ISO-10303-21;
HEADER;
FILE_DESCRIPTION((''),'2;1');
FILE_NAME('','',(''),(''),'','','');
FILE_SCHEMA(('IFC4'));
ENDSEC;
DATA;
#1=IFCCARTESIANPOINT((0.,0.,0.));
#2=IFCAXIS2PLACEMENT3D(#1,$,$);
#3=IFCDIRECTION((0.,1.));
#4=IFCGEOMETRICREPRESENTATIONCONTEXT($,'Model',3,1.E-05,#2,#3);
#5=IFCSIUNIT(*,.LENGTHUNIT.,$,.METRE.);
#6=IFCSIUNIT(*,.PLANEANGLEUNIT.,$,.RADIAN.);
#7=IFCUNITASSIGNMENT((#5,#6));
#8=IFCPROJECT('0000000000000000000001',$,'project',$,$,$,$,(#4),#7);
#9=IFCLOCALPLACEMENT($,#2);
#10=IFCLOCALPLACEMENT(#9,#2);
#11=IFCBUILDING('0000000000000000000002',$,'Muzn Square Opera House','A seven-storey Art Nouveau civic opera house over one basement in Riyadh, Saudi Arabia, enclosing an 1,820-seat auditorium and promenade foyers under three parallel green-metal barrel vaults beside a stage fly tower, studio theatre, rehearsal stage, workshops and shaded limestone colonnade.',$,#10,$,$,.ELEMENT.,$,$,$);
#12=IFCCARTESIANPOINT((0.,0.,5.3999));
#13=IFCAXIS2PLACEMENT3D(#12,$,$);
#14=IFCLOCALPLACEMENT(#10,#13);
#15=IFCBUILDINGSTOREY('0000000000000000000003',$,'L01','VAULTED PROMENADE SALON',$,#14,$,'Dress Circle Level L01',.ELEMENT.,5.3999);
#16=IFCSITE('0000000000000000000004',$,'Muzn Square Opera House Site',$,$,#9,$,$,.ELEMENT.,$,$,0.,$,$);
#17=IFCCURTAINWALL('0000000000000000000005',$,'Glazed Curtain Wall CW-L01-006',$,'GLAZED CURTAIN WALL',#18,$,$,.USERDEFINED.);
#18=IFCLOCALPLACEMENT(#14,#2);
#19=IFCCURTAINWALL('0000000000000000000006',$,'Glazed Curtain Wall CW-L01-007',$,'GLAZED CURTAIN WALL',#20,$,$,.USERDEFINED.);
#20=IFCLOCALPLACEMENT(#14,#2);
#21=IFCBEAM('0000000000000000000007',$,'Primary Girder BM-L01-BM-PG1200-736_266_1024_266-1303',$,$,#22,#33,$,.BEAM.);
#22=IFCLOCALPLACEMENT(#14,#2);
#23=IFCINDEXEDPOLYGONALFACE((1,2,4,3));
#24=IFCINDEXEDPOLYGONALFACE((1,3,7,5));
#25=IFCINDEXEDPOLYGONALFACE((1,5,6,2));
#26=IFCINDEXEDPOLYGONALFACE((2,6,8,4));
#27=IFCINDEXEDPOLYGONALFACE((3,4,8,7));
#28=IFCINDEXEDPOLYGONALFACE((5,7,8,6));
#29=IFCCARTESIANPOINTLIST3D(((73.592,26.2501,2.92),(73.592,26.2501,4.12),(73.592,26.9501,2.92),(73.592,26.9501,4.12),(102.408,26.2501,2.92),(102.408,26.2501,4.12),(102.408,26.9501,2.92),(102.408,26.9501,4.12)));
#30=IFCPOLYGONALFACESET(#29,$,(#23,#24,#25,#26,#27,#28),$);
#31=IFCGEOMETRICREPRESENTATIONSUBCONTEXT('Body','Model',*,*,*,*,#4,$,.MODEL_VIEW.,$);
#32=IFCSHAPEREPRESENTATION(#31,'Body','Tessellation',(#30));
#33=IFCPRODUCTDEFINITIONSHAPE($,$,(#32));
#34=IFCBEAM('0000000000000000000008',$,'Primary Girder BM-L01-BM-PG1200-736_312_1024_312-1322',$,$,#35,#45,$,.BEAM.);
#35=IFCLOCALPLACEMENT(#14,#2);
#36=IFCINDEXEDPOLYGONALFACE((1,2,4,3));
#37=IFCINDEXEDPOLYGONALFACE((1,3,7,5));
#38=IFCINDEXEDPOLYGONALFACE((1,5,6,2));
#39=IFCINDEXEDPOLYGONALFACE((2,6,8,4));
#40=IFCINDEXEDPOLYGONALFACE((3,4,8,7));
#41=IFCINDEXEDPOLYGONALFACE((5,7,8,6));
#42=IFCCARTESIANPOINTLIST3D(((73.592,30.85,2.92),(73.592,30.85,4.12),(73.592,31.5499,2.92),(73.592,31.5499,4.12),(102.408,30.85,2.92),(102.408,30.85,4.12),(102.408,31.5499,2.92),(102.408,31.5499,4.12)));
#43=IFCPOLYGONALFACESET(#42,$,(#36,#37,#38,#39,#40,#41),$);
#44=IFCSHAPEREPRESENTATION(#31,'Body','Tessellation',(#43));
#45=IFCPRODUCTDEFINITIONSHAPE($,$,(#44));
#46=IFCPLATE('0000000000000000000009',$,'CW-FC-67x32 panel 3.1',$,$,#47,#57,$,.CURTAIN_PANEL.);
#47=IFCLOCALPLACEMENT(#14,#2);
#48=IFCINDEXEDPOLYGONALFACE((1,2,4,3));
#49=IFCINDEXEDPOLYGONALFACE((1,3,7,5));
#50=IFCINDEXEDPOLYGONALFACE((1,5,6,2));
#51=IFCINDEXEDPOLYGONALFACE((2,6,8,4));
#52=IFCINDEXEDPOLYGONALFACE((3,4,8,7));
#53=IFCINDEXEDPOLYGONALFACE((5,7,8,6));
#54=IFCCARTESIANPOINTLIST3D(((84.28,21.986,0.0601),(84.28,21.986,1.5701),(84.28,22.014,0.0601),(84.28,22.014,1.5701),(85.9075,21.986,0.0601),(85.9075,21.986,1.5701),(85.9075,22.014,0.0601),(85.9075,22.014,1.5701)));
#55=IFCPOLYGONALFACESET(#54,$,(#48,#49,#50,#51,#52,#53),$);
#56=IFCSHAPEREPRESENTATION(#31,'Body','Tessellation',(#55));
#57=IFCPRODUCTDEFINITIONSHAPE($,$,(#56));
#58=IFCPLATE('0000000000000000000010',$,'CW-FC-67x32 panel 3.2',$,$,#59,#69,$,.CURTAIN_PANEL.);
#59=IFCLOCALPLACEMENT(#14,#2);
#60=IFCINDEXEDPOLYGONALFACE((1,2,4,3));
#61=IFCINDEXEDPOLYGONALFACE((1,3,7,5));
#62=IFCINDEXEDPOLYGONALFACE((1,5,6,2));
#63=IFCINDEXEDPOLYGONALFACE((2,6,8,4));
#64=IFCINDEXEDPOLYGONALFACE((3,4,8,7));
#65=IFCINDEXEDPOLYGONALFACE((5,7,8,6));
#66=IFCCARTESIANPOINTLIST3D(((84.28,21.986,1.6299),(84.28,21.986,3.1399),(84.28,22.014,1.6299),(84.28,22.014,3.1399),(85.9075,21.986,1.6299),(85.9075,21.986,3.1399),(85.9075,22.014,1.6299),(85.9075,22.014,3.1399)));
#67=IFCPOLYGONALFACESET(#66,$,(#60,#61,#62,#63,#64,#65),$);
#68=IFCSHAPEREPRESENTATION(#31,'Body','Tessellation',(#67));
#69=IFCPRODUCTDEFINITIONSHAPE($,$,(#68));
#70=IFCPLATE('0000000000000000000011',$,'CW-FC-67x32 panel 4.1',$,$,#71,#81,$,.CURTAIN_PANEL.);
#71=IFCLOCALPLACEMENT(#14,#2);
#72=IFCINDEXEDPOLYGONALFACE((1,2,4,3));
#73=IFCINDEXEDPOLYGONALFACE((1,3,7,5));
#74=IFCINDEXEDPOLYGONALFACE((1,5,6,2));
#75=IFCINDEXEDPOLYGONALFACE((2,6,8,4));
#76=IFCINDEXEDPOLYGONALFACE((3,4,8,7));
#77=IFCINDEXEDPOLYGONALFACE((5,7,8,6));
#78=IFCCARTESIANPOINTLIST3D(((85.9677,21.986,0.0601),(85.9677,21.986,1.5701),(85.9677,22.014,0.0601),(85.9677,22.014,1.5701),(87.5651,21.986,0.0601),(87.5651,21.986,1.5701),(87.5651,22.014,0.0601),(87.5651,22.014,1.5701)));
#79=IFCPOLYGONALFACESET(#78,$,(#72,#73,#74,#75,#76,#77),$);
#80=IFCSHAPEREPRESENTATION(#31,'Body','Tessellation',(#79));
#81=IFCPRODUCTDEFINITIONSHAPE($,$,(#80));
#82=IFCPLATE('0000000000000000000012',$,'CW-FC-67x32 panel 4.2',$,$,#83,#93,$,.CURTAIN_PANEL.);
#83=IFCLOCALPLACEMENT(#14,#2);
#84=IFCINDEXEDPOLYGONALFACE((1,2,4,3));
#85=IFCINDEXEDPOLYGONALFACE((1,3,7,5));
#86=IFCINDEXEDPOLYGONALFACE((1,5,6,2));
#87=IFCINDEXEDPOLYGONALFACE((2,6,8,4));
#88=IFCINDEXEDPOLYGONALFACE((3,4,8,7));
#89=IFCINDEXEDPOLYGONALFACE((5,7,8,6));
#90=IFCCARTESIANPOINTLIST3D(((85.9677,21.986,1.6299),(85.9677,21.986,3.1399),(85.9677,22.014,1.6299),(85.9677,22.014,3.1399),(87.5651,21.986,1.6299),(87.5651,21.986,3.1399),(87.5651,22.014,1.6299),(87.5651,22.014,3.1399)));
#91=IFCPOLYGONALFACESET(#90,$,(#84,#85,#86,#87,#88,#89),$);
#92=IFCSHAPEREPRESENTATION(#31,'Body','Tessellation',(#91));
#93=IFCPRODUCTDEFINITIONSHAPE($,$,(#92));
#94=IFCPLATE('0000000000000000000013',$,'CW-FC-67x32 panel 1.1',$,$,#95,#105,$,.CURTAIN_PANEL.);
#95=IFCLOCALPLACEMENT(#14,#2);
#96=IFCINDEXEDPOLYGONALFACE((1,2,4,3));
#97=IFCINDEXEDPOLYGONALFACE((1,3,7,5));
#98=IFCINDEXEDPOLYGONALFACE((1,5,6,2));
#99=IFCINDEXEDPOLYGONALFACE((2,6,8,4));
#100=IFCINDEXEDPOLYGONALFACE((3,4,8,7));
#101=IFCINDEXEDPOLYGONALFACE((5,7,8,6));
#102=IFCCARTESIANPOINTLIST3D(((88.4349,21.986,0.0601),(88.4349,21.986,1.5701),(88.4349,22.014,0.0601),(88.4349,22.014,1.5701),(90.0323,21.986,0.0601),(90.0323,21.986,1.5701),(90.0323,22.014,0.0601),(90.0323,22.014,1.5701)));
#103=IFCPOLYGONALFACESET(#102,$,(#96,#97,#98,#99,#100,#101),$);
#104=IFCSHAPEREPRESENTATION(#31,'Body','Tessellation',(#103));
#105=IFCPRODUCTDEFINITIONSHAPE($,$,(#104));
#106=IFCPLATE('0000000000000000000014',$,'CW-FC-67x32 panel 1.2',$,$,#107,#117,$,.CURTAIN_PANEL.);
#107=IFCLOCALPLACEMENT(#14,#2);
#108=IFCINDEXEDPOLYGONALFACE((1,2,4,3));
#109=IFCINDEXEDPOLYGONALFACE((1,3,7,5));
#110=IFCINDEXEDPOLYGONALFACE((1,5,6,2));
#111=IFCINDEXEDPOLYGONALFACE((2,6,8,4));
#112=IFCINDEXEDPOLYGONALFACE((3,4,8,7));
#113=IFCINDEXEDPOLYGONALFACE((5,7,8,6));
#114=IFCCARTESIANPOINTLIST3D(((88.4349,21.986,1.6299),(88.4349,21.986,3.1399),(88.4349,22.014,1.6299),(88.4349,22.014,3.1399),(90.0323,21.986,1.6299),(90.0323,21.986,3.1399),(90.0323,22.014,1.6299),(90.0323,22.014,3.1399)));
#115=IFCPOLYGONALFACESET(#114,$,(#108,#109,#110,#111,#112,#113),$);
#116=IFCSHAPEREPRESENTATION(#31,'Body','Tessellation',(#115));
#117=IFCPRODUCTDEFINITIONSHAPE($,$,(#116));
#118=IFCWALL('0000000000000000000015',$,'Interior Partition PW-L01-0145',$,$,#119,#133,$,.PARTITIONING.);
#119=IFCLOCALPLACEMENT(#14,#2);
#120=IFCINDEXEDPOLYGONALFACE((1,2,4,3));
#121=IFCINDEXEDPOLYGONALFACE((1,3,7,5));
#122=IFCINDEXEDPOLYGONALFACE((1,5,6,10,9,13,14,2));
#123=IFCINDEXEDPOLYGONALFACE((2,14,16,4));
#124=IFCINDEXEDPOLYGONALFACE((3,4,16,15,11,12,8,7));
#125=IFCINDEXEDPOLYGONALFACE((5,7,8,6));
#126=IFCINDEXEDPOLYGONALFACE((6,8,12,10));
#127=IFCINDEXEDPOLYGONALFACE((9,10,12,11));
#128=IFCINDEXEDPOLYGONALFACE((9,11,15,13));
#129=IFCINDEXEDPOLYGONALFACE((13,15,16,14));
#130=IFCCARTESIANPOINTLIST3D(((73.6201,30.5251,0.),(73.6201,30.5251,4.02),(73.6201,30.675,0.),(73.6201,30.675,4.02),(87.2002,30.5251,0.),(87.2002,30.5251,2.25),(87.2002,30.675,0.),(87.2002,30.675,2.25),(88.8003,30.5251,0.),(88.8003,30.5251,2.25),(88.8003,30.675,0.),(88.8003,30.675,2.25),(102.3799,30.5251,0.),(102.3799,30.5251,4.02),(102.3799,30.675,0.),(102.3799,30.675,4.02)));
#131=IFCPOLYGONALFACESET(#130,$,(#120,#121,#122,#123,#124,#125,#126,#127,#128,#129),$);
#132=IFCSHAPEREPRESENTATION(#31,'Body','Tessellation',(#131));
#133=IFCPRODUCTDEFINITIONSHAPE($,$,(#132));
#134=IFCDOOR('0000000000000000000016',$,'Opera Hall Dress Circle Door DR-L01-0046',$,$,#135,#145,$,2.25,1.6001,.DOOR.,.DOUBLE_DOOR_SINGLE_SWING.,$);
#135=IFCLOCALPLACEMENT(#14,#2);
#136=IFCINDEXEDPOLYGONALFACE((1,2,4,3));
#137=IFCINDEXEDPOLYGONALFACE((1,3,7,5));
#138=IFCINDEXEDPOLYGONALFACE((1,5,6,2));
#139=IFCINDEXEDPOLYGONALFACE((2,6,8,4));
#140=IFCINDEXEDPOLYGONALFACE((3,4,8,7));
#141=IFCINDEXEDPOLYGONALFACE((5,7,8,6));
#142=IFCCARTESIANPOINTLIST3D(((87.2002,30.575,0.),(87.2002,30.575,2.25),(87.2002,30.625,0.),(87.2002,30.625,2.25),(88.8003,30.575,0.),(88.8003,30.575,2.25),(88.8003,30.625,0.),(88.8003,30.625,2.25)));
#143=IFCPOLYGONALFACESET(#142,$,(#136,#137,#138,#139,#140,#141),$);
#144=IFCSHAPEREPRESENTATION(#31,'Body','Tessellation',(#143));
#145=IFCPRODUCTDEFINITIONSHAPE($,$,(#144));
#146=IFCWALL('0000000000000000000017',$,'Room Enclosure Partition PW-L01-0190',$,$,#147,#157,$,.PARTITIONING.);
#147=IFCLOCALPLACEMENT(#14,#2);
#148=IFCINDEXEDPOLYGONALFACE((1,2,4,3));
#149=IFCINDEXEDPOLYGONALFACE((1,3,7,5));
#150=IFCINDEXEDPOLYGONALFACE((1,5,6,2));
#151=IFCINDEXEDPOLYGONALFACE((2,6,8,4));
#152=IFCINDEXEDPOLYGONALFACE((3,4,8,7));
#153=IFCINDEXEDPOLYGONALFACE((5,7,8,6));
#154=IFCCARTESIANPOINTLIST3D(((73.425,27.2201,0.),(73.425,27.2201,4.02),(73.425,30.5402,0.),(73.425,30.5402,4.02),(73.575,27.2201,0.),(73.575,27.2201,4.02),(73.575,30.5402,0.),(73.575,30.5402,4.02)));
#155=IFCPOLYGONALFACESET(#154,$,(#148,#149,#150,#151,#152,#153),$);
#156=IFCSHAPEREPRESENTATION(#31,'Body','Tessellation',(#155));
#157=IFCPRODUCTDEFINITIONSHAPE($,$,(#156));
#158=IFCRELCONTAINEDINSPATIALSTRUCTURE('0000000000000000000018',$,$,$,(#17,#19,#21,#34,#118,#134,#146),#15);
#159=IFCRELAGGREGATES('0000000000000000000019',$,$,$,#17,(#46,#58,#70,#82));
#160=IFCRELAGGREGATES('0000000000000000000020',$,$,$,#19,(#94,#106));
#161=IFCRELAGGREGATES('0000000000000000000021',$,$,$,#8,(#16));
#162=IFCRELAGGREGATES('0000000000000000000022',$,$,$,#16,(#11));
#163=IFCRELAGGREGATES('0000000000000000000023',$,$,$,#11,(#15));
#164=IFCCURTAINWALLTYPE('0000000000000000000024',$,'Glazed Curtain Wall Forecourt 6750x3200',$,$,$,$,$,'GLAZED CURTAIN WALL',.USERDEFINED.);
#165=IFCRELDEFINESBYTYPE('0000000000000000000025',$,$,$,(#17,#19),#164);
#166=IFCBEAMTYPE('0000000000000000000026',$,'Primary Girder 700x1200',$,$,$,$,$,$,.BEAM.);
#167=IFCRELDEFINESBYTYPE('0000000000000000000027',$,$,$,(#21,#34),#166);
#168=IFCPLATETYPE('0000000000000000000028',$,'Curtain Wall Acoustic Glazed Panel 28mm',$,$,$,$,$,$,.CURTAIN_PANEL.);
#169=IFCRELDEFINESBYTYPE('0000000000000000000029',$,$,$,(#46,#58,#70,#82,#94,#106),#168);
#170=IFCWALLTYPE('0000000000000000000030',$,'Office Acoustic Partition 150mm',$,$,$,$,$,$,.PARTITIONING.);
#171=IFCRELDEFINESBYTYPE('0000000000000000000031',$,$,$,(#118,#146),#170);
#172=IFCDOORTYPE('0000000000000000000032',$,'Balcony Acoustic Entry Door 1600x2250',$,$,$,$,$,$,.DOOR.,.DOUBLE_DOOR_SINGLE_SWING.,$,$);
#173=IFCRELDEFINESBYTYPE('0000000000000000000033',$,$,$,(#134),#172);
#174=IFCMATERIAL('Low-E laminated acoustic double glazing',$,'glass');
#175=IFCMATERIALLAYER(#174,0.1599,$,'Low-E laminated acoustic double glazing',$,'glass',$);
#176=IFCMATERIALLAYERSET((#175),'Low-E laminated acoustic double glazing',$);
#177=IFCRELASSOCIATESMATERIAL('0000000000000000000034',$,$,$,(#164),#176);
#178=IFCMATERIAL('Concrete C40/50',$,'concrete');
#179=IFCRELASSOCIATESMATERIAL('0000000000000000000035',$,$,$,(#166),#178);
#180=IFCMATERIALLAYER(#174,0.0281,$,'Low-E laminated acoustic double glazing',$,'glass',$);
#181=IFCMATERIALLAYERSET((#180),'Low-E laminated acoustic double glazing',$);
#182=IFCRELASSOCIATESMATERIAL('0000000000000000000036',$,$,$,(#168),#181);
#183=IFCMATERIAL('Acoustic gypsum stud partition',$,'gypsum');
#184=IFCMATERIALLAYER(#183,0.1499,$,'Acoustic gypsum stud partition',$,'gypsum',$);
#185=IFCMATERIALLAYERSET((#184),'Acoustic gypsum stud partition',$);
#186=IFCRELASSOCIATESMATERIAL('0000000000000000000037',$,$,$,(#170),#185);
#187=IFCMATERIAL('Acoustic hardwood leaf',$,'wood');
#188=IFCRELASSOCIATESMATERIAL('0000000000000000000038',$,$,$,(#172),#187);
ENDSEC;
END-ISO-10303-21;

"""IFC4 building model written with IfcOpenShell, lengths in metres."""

from ifc_helpers import new_model, si_unit, direction, frame, frame_2d, origin, origin_2d, place, context, subcontext, project, spatial, rectangle, extrude, material, layer, layer_set, material_profile, profile_set, type_object, element, fill, aggregate, save


model = new_model("IFC4")

# Units and contexts
model_context = context("Model", 3, precision=1e-05, world=origin(), true_north=direction((0.0, 1.0)))
body_context = subcontext(model_context, "Body", "Model", "MODEL_VIEW")
ifc_project = project(units=[si_unit("LENGTHUNIT", "METRE"), si_unit("PLANEANGLEUNIT", "RADIAN")], contexts=[model_context])

# Site, building, storey
site_placement = place(None, origin())
site = spatial("IfcSite", under=ifc_project, at=site_placement, Name="Muzn Square Opera House Site", CompositionType="ELEMENT", RefElevation=0.0)
building_placement = place(site_placement, origin())
building = spatial("IfcBuilding", under=site, at=building_placement, Name="Muzn Square Opera House", Description="A seven-storey Art Nouveau civic opera house over one basement in Riyadh, Saudi Arabia, enclosing an 1,820-seat auditorium and promenade foyers under three parallel green-metal barrel vaults beside a stage fly tower, studio theatre, rehearsal stage, workshops and shaded limestone colonnade.", CompositionType="ELEMENT")
storey_placement = place(building_placement, frame((0.0, 0.0, 5.3999)))
storey = spatial("IfcBuildingStorey", under=building, at=storey_placement, Name="L01", Description="VAULTED PROMENADE SALON", LongName="Dress Circle Level L01", CompositionType="ELEMENT", Elevation=5.3999)

# Curtain wall
ifc_material_1 = material(Name="Low-E laminated acoustic double glazing", Category="glass")
ifc_layer_1 = layer(ifc_material_1, 0.1599, Name="Low-E laminated acoustic double glazing", Category="glass")
ifc_layer_set_1 = layer_set([ifc_layer_1], Name="Low-E laminated acoustic double glazing")
curtain_wall_type = type_object("IfcCurtainWallType", Name="Glazed Curtain Wall Forecourt 6750x3200", ElementType="GLAZED CURTAIN WALL", PredefinedType="USERDEFINED", material=ifc_layer_set_1)
curtain_wall_1_placement = place(storey_placement, origin())
curtain_wall_1 = element("IfcCurtainWall", 1, at=curtain_wall_1_placement, inside=storey, type_object=curtain_wall_type, Name="Glazed Curtain Wall CW-L01-006", ObjectType="GLAZED CURTAIN WALL", PredefinedType="USERDEFINED")

# Curtain wall
curtain_wall_2_placement = place(storey_placement, origin())
curtain_wall_2 = element("IfcCurtainWall", 2, at=curtain_wall_2_placement, inside=storey, type_object=curtain_wall_type, Name="Glazed Curtain Wall CW-L01-007", ObjectType="GLAZED CURTAIN WALL", PredefinedType="USERDEFINED")

# Beams
ifc_material_2 = material(Name="Concrete C40/50", Category="concrete")
ifc_material_profile_1 = material_profile(ifc_material_2, rectangle(XDim=0.7, YDim=1.2, at=origin_2d()), Name="RCB 700x1200", Category="concrete")
ifc_profile_set_1 = profile_set([ifc_material_profile_1], Name="Concrete C40/50")
beam_type_1 = type_object("IfcBeamType", Name="Primary Girder 700x1200", PredefinedType="BEAM", material=ifc_profile_set_1)
for number, where, z_axis, x_axis, name in (
    (3, (73.592, 26.6001, 3.52), (1.0, 0.0, 0.0), (0.0, 1.0, 0.0), "Primary Girder BM-L01-BM-PG1200-736_266_1024_266-1303"),
    (4, (73.592, 31.2, 3.52), (1.0, 0.0, 0.0), (0.0, 1.0, 0.0), "Primary Girder BM-L01-BM-PG1200-736_312_1024_312-1322"),
):
    element("IfcBeam", number, at=place(storey_placement, frame(where, z_axis=z_axis, x_axis=x_axis)), inside=storey, type_object=beam_type_1, Name=name, PredefinedType="BEAM", context=body_context, shape_type="SweptSolid", body=[
        extrude(rectangle(XDim=0.7, YDim=1.2, at=origin_2d()), origin(), (0.0, 0.0, 1.0), 28.8159),
    ])

# Plates
ifc_layer_2 = layer(ifc_material_1, 0.0281, Name="Low-E laminated acoustic double glazing", Category="glass")
ifc_layer_set_2 = layer_set([ifc_layer_2], Name="Low-E laminated acoustic double glazing")
plate_type = type_object("IfcPlateType", Name="Curtain Wall Acoustic Glazed Panel 28mm", PredefinedType="CURTAIN_PANEL", material=ifc_layer_set_2)
plate_1_placement = place(storey_placement, frame((85.0938, 22.0, 0.0601), z_axis=(0.0, 0.0, 1.0), x_axis=(1.0, 0.0, 0.0)))
plate_1 = element("IfcPlate", 5, at=plate_1_placement, type_object=plate_type, Name="CW-FC-67x32 panel 3.1", PredefinedType="CURTAIN_PANEL", context=body_context, shape_type="SweptSolid", body=[
    extrude(rectangle(XDim=1.6274, YDim=0.0281, at=origin_2d()), origin(), (0.0, 0.0, 1.0), 1.51),
])
plate_2_placement = place(storey_placement, frame((85.0938, 22.0, 1.6299), z_axis=(0.0, 0.0, 1.0), x_axis=(1.0, 0.0, 0.0)))
plate_2 = element("IfcPlate", 6, at=plate_2_placement, type_object=plate_type, Name="CW-FC-67x32 panel 3.2", PredefinedType="CURTAIN_PANEL", context=body_context, shape_type="SweptSolid", body=[
    extrude(rectangle(XDim=1.6274, YDim=0.0281, at=origin_2d()), origin(), (0.0, 0.0, 1.0), 1.51),
])
plate_3_placement = place(storey_placement, frame((86.7664, 22.0, 0.0601), z_axis=(0.0, 0.0, 1.0), x_axis=(1.0, 0.0, 0.0)))
plate_3 = element("IfcPlate", 7, at=plate_3_placement, type_object=plate_type, Name="CW-FC-67x32 panel 4.1", PredefinedType="CURTAIN_PANEL", context=body_context, shape_type="SweptSolid", body=[
    extrude(rectangle(XDim=1.5974, YDim=0.0281, at=origin_2d()), origin(), (0.0, 0.0, 1.0), 1.51),
])
plate_4_placement = place(storey_placement, frame((86.7664, 22.0, 1.6299), z_axis=(0.0, 0.0, 1.0), x_axis=(1.0, 0.0, 0.0)))
plate_4 = element("IfcPlate", 8, at=plate_4_placement, type_object=plate_type, Name="CW-FC-67x32 panel 4.2", PredefinedType="CURTAIN_PANEL", context=body_context, shape_type="SweptSolid", body=[
    extrude(rectangle(XDim=1.5974, YDim=0.0281, at=origin_2d()), origin(), (0.0, 0.0, 1.0), 1.51),
])
aggregate(curtain_wall_1, [plate_1, plate_2, plate_3, plate_4])
plate_5_placement = place(storey_placement, frame((89.2336, 22.0, 0.0601), z_axis=(0.0, 0.0, 1.0), x_axis=(1.0, 0.0, 0.0)))
plate_5 = element("IfcPlate", 9, at=plate_5_placement, type_object=plate_type, Name="CW-FC-67x32 panel 1.1", PredefinedType="CURTAIN_PANEL", context=body_context, shape_type="SweptSolid", body=[
    extrude(rectangle(XDim=1.5974, YDim=0.0281, at=origin_2d()), origin(), (0.0, 0.0, 1.0), 1.51),
])
plate_6_placement = place(storey_placement, frame((89.2336, 22.0, 1.6299), z_axis=(0.0, 0.0, 1.0), x_axis=(1.0, 0.0, 0.0)))
plate_6 = element("IfcPlate", 10, at=plate_6_placement, type_object=plate_type, Name="CW-FC-67x32 panel 1.2", PredefinedType="CURTAIN_PANEL", context=body_context, shape_type="SweptSolid", body=[
    extrude(rectangle(XDim=1.5974, YDim=0.0281, at=origin_2d()), origin(), (0.0, 0.0, 1.0), 1.51),
])
aggregate(curtain_wall_2, [plate_5, plate_6])

# Wall, opening, door
ifc_material_3 = material(Name="Acoustic gypsum stud partition", Category="gypsum")
ifc_layer_3 = layer(ifc_material_3, 0.1499, Name="Acoustic gypsum stud partition", Category="gypsum")
ifc_layer_set_3 = layer_set([ifc_layer_3], Name="Acoustic gypsum stud partition")
wall_type = type_object("IfcWallType", Name="Office Acoustic Partition 150mm", PredefinedType="PARTITIONING", material=ifc_layer_set_3)
wall_1_placement = place(storey_placement, frame((73.6201, 30.6001, 0.0), z_axis=(0.0, 0.0, 1.0), x_axis=(1.0, 0.0, 0.0)))
wall_1 = element("IfcWall", 11, at=wall_1_placement, inside=storey, type_object=wall_type, Name="Interior Partition PW-L01-0145", PredefinedType="PARTITIONING", context=body_context, shape_type="SweptSolid", body=[
    extrude(rectangle(XDim=28.7598, YDim=0.1499, at=frame_2d((14.3799, 0.0))), origin(), (0.0, 0.0, 1.0), 4.02),
])
opening_placement = place(wall_1_placement, frame((13.5801, 0.0, 0.0)))
opening = element("IfcOpeningElement", 12, at=opening_placement, cuts=wall_1, PredefinedType="OPENING", context=body_context, shape_type="SweptSolid", body=[
    extrude(rectangle(XDim=1.6001, YDim=2.25, at=frame_2d((0.8, 1.125))), frame((0.0, 0.085, 0.0), z_axis=(0.0, -1.0, 0.0), x_axis=(1.0, 0.0, 0.0)), (0.0, 0.0, 1.0), 0.1699),
])
ifc_material_4 = material(Name="Acoustic hardwood leaf", Category="wood")
door_type = type_object("IfcDoorType", Name="Balcony Acoustic Entry Door 1600x2250", OperationType="DOUBLE_DOOR_SINGLE_SWING", PredefinedType="DOOR", material=ifc_material_4)
door_placement = place(opening_placement, origin())
door = element("IfcDoor", 13, at=door_placement, inside=storey, type_object=door_type, Name="Opera Hall Dress Circle Door DR-L01-0046", OperationType="DOUBLE_DOOR_SINGLE_SWING", OverallHeight=2.25, OverallWidth=1.6001, PredefinedType="DOOR", context=body_context, shape_type="SweptSolid", body=[
    extrude(rectangle(XDim=1.6001, YDim=2.25, at=frame_2d((0.8, 1.125))), frame((0.0, 0.0249, 0.0), z_axis=(0.0, -1.0, 0.0), x_axis=(1.0, 0.0, 0.0)), (0.0, 0.0, 1.0), 0.05),
])
fill(opening, door)

# Wall
wall_2_placement = place(storey_placement, frame((73.5, 27.22, 0.0), z_axis=(0.0, 0.0, 1.0), x_axis=(0.0, 1.0, 0.0)))
element("IfcWall", 14, at=wall_2_placement, inside=storey, type_object=wall_type, Name="Room Enclosure Partition PW-L01-0190", PredefinedType="PARTITIONING", context=body_context, shape_type="SweptSolid", body=[
    extrude(rectangle(XDim=3.3201, YDim=0.1499, at=frame_2d((1.6602, 0.0))), origin(), (0.0, 0.0, 1.0), 4.02),
])

save(model, "model.ifc")
